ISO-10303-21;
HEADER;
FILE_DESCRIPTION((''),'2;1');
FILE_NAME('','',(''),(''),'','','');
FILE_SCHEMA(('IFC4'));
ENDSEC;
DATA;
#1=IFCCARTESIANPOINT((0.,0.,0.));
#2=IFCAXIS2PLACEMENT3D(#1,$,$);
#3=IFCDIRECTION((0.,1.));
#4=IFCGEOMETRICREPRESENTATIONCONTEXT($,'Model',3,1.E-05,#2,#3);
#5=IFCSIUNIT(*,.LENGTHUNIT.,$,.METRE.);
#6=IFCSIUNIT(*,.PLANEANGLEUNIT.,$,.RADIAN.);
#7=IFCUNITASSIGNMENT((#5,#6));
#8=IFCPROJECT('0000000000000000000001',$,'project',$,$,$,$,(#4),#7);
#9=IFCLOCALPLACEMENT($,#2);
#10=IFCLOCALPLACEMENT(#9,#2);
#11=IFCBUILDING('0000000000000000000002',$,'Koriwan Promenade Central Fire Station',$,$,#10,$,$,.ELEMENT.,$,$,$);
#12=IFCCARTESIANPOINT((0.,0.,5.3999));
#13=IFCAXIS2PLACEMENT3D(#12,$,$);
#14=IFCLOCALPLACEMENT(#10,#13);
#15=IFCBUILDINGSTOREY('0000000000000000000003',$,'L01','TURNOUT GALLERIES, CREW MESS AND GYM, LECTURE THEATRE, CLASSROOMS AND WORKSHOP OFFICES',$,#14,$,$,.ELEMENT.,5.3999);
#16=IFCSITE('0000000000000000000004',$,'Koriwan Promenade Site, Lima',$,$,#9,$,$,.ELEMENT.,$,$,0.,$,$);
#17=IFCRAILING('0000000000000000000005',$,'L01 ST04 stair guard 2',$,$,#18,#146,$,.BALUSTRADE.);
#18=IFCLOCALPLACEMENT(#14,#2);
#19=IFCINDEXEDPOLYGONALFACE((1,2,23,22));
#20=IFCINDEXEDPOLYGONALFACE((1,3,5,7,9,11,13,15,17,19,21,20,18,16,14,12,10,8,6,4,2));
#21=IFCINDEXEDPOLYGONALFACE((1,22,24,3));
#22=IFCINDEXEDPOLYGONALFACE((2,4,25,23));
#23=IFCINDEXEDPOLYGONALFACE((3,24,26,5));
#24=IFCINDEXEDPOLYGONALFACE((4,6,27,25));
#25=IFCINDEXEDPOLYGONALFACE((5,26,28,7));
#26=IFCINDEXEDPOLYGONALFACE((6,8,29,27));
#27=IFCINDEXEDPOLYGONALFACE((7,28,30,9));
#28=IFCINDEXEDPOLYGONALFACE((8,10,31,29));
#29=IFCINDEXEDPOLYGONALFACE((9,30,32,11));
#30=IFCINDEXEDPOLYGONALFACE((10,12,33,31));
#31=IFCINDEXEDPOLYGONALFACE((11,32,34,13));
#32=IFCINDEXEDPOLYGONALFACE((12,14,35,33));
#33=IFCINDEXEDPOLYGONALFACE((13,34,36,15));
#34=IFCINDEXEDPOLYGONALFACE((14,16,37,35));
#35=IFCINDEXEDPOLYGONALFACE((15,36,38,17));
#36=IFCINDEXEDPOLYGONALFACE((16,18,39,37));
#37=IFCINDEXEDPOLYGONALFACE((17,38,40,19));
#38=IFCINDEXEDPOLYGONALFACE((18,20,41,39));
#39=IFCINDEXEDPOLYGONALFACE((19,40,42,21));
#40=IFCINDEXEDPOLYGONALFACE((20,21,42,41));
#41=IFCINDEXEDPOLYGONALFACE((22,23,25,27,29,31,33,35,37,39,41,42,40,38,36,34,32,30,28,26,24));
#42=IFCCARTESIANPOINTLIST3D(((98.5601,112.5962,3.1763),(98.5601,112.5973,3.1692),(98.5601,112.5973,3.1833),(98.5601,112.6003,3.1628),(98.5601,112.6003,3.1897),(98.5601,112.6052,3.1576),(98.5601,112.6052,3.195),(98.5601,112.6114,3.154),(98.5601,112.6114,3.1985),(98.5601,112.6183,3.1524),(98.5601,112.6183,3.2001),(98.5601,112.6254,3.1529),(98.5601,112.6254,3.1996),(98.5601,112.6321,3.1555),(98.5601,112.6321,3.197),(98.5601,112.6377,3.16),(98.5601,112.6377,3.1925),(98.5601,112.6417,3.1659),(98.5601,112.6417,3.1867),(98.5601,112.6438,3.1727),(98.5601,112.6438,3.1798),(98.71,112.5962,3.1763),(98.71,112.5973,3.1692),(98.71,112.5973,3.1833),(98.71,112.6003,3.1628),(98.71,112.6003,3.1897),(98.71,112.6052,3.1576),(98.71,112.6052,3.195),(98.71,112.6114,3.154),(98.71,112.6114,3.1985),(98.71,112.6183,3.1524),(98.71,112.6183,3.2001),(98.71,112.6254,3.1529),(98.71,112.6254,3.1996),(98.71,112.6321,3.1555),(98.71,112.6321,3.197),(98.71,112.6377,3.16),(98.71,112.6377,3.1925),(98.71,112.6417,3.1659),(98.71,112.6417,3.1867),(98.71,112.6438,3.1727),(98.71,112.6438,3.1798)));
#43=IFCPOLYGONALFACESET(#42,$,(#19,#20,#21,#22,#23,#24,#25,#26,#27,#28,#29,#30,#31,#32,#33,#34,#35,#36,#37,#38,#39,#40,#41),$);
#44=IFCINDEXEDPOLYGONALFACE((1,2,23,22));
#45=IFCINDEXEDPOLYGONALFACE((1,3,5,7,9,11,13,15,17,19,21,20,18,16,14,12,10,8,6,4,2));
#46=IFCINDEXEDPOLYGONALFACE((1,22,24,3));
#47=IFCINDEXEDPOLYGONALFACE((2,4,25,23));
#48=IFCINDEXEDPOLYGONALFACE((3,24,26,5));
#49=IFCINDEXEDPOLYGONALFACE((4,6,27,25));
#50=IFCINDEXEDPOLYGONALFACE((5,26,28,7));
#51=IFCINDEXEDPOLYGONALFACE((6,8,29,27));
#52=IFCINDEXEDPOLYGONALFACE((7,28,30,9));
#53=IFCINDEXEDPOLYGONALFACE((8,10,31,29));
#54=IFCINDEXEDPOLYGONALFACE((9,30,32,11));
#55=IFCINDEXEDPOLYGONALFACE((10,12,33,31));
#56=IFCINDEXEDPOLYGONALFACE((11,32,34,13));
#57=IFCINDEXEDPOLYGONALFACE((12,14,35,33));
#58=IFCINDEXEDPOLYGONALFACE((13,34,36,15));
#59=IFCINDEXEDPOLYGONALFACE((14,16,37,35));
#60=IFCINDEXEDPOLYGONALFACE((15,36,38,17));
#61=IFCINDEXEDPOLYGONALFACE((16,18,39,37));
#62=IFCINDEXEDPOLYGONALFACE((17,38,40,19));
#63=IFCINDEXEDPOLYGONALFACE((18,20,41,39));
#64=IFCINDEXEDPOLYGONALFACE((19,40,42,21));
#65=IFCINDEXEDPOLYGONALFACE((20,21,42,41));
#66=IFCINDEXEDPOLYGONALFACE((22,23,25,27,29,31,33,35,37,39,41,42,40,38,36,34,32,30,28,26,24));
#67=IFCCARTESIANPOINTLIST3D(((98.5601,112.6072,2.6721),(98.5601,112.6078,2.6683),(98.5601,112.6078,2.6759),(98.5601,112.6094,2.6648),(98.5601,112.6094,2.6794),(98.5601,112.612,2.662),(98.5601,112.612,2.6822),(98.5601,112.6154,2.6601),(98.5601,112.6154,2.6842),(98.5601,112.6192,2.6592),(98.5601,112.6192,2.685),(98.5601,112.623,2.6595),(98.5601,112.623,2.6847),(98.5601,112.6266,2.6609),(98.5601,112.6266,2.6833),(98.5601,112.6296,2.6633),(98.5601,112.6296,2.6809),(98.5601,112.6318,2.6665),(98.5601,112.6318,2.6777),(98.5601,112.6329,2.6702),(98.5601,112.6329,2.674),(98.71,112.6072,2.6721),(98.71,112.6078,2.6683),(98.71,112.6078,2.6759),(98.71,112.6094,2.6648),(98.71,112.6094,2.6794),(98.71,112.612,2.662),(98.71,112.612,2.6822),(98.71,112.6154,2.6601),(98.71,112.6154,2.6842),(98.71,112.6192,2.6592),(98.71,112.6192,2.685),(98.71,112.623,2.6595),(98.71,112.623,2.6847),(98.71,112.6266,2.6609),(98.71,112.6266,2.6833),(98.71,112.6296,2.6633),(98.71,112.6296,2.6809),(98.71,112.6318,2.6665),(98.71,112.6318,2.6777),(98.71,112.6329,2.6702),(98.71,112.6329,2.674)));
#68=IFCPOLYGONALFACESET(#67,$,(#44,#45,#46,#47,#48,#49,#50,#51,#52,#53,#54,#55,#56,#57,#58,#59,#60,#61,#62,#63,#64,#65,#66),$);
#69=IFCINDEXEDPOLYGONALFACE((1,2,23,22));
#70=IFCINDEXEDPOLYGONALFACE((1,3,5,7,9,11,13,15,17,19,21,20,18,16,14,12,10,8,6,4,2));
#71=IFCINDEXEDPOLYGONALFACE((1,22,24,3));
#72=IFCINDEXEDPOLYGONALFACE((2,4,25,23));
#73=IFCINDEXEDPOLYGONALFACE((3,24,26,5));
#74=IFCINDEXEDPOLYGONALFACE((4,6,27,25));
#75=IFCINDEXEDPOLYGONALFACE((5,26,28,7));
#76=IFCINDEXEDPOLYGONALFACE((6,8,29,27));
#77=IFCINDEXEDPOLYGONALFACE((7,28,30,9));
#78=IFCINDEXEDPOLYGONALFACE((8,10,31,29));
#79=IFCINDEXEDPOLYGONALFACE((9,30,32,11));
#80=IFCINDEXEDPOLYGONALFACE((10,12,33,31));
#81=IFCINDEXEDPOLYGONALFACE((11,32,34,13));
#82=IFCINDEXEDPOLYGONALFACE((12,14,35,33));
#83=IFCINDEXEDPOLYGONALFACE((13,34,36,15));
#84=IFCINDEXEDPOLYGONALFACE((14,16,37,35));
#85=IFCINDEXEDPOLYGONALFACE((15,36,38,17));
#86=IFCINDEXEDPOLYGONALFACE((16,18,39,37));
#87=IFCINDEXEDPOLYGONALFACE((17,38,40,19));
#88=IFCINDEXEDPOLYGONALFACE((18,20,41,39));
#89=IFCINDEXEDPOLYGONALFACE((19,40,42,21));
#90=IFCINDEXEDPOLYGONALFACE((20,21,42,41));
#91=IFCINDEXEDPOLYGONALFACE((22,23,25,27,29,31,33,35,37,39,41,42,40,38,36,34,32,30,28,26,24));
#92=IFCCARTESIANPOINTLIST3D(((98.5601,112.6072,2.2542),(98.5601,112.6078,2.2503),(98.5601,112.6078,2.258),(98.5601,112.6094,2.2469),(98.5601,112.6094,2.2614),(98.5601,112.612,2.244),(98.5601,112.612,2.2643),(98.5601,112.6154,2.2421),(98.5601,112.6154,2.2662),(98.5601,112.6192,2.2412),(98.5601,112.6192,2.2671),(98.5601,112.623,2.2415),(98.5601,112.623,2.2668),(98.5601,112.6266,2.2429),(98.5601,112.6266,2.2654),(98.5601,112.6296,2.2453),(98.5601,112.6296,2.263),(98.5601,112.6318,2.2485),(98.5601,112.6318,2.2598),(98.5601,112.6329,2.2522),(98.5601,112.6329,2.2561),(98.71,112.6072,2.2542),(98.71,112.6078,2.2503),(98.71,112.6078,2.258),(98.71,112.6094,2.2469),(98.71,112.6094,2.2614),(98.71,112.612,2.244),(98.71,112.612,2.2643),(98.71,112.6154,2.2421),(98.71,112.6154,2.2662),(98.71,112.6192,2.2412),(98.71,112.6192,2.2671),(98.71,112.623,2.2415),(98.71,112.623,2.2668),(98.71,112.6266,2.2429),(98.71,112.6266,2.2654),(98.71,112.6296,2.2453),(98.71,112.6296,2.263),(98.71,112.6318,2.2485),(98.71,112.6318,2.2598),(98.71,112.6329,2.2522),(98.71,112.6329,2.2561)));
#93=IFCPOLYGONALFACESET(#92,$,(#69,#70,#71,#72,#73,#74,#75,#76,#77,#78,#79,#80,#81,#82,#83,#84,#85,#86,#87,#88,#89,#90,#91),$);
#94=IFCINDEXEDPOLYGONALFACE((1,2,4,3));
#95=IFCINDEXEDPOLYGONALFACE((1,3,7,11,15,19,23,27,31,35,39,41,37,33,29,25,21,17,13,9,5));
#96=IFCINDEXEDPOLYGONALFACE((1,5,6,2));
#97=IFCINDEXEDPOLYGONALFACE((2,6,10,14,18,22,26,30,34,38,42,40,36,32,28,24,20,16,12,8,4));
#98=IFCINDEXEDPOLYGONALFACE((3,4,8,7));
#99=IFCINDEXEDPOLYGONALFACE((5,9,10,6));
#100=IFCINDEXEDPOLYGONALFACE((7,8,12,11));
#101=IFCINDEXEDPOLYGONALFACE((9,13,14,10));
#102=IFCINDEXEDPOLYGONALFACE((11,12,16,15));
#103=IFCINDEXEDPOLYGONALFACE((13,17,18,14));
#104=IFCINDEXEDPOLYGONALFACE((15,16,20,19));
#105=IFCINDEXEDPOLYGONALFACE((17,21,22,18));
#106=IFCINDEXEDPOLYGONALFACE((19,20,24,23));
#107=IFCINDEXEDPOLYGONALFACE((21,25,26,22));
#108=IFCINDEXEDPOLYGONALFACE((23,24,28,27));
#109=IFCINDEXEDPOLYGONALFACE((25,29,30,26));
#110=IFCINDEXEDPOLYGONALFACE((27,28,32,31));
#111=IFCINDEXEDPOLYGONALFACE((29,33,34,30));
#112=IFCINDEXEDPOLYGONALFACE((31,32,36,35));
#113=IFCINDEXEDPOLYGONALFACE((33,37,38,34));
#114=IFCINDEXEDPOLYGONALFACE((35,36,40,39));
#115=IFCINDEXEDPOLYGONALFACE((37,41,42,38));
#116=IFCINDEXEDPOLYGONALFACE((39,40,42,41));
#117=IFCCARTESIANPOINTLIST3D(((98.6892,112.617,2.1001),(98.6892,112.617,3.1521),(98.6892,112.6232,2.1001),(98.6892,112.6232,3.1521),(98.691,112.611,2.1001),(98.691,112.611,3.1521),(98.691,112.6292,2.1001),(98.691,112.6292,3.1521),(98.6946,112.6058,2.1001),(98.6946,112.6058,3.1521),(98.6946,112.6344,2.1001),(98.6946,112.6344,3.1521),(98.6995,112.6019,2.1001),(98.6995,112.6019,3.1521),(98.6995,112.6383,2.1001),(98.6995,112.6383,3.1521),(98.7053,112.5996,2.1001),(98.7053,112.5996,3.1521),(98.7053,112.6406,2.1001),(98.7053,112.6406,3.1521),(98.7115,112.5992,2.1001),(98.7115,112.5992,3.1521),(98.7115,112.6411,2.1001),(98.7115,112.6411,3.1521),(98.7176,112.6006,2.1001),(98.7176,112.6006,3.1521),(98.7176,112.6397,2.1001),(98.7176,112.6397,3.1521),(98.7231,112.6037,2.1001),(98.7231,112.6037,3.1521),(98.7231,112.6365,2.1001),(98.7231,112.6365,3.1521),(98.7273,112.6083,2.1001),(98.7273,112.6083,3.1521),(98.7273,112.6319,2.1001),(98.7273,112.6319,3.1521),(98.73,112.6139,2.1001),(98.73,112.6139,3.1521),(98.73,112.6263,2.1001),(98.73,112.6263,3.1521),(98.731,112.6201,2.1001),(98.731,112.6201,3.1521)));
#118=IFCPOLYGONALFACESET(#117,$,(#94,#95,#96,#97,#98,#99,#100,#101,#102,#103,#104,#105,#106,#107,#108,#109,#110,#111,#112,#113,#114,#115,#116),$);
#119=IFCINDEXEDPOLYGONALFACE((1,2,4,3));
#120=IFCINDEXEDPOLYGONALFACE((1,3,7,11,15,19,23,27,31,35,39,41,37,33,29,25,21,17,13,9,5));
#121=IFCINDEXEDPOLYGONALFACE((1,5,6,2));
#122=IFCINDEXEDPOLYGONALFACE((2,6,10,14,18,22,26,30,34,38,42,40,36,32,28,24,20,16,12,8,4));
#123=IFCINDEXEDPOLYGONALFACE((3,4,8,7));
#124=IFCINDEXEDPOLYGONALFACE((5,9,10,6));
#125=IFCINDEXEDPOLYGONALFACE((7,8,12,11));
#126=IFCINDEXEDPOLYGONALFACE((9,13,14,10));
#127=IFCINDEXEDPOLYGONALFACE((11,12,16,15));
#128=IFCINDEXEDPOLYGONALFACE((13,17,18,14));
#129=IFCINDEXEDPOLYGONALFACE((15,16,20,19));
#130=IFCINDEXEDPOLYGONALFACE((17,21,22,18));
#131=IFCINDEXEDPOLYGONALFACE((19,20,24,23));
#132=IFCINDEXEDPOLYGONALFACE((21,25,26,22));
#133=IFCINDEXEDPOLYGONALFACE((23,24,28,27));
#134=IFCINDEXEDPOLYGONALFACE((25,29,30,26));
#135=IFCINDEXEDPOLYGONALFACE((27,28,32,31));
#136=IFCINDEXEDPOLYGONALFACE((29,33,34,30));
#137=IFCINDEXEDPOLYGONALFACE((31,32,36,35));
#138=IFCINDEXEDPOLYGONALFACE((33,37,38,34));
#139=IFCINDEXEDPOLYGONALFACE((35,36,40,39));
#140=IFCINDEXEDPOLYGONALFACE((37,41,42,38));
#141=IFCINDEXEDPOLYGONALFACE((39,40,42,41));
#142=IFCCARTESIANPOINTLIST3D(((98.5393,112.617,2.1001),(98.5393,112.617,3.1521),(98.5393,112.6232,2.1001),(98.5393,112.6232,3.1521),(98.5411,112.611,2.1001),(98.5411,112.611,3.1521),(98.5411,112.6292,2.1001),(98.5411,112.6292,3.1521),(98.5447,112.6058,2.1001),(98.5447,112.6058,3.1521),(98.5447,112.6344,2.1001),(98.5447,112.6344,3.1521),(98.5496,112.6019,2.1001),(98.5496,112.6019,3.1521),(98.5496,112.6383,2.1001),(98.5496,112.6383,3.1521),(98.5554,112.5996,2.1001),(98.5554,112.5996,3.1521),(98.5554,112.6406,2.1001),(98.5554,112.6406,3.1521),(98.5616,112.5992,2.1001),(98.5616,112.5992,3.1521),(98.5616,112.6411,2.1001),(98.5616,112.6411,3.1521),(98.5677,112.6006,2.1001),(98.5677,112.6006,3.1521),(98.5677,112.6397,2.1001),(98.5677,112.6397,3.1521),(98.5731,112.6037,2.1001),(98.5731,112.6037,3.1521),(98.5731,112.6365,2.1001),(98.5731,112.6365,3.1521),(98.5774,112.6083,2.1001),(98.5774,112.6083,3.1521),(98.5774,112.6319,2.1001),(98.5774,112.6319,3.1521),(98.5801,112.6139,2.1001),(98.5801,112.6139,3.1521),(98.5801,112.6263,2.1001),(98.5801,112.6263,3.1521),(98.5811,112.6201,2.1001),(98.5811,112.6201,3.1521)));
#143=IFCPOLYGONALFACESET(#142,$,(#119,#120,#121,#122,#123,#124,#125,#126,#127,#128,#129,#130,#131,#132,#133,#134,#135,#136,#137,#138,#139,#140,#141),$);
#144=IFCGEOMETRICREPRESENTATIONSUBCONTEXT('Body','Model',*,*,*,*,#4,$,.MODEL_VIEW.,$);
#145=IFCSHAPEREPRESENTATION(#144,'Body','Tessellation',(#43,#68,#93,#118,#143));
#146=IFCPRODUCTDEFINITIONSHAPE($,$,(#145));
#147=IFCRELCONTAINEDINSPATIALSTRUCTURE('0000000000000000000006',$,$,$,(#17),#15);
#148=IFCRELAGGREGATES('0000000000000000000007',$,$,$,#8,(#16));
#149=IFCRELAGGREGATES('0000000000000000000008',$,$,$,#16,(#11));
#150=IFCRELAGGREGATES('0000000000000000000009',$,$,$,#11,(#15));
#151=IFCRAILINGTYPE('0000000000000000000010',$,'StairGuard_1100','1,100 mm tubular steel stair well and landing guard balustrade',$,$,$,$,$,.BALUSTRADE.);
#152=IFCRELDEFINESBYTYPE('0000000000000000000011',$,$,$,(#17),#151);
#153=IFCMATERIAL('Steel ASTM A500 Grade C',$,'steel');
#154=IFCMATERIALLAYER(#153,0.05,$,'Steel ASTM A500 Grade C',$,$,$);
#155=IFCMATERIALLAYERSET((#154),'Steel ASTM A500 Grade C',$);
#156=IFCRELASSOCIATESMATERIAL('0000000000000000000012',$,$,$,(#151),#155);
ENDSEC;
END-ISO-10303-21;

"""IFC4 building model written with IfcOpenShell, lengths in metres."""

from ifc_helpers import new_model, si_unit, direction, frame, origin, origin_2d, place, context, subcontext, project, spatial, circle, extrude, material, layer, layer_set, type_object, element, save


model = new_model("IFC4")

# Units and contexts
model_context = context("Model", 3, precision=1e-05, world=origin(), true_north=direction((0.0, 1.0)))
body_context = subcontext(model_context, "Body", "Model", "MODEL_VIEW")
ifc_project = project(units=[si_unit("LENGTHUNIT", "METRE"), si_unit("PLANEANGLEUNIT", "RADIAN")], contexts=[model_context])

# Site, building, storey
site_placement = place(None, origin())
site = spatial("IfcSite", under=ifc_project, at=site_placement, Name="Koriwan Promenade Site, Lima", CompositionType="ELEMENT", RefElevation=0.0)
building_placement = place(site_placement, origin())
building = spatial("IfcBuilding", under=site, at=building_placement, Name="Koriwan Promenade Central Fire Station", CompositionType="ELEMENT")
storey_placement = place(building_placement, frame((0.0, 0.0, 5.3999)))
storey = spatial("IfcBuildingStorey", under=building, at=storey_placement, Name="L01", Description="TURNOUT GALLERIES, CREW MESS AND GYM, LECTURE THEATRE, CLASSROOMS AND WORKSHOP OFFICES", CompositionType="ELEMENT", Elevation=5.3999)

# Railing
ifc_material_1 = material(Name="Steel ASTM A500 Grade C", Category="steel")
ifc_layer_1 = layer(ifc_material_1, 0.05, Name="Steel ASTM A500 Grade C")
ifc_layer_set_1 = layer_set([ifc_layer_1], Name="Steel ASTM A500 Grade C")
railing_type_1 = type_object("IfcRailingType", Name="StairGuard_1100", Description="1,100 mm tubular steel stair well and landing guard balustrade", PredefinedType="BALUSTRADE", material=ifc_layer_set_1)
railing_1_placement = place(storey_placement, frame((98.71, 112.6201, 2.1001)))
element("IfcRailing", 1, at=railing_1_placement, inside=storey, type_object=railing_type_1, Name="L01 ST04 stair guard 2", PredefinedType="BALUSTRADE", context=body_context, shape_type="SweptSolid", body=[
    extrude(circle(Radius=0.0239, at=origin_2d()), frame((0.0, 0.0, 1.0762), z_axis=(-1.0, 0.0, 0.0), x_axis=(0.0, -1.0, 0.0)), (0.0, 0.0, 1.0), 0.1499),
    extrude(circle(Radius=0.0129, at=origin_2d()), frame((0.0, 0.0, 0.572), z_axis=(-1.0, 0.0, 0.0), x_axis=(0.0, -1.0, 0.0)), (0.0, 0.0, 1.0), 0.1499),
    extrude(circle(Radius=0.0129, at=origin_2d()), frame((0.0, 0.0, 0.1541), z_axis=(-1.0, 0.0, 0.0), x_axis=(0.0, -1.0, 0.0)), (0.0, 0.0, 1.0), 0.1499),
    extrude(circle(Radius=0.021, at=origin_2d()), origin(), (0.0, 0.0, 1.0), 1.052),
    extrude(circle(Radius=0.021, at=origin_2d()), frame((-0.1499, 0.0, 0.0)), (0.0, 0.0, 1.0), 1.052),
])

save(model, "model.ifc")
